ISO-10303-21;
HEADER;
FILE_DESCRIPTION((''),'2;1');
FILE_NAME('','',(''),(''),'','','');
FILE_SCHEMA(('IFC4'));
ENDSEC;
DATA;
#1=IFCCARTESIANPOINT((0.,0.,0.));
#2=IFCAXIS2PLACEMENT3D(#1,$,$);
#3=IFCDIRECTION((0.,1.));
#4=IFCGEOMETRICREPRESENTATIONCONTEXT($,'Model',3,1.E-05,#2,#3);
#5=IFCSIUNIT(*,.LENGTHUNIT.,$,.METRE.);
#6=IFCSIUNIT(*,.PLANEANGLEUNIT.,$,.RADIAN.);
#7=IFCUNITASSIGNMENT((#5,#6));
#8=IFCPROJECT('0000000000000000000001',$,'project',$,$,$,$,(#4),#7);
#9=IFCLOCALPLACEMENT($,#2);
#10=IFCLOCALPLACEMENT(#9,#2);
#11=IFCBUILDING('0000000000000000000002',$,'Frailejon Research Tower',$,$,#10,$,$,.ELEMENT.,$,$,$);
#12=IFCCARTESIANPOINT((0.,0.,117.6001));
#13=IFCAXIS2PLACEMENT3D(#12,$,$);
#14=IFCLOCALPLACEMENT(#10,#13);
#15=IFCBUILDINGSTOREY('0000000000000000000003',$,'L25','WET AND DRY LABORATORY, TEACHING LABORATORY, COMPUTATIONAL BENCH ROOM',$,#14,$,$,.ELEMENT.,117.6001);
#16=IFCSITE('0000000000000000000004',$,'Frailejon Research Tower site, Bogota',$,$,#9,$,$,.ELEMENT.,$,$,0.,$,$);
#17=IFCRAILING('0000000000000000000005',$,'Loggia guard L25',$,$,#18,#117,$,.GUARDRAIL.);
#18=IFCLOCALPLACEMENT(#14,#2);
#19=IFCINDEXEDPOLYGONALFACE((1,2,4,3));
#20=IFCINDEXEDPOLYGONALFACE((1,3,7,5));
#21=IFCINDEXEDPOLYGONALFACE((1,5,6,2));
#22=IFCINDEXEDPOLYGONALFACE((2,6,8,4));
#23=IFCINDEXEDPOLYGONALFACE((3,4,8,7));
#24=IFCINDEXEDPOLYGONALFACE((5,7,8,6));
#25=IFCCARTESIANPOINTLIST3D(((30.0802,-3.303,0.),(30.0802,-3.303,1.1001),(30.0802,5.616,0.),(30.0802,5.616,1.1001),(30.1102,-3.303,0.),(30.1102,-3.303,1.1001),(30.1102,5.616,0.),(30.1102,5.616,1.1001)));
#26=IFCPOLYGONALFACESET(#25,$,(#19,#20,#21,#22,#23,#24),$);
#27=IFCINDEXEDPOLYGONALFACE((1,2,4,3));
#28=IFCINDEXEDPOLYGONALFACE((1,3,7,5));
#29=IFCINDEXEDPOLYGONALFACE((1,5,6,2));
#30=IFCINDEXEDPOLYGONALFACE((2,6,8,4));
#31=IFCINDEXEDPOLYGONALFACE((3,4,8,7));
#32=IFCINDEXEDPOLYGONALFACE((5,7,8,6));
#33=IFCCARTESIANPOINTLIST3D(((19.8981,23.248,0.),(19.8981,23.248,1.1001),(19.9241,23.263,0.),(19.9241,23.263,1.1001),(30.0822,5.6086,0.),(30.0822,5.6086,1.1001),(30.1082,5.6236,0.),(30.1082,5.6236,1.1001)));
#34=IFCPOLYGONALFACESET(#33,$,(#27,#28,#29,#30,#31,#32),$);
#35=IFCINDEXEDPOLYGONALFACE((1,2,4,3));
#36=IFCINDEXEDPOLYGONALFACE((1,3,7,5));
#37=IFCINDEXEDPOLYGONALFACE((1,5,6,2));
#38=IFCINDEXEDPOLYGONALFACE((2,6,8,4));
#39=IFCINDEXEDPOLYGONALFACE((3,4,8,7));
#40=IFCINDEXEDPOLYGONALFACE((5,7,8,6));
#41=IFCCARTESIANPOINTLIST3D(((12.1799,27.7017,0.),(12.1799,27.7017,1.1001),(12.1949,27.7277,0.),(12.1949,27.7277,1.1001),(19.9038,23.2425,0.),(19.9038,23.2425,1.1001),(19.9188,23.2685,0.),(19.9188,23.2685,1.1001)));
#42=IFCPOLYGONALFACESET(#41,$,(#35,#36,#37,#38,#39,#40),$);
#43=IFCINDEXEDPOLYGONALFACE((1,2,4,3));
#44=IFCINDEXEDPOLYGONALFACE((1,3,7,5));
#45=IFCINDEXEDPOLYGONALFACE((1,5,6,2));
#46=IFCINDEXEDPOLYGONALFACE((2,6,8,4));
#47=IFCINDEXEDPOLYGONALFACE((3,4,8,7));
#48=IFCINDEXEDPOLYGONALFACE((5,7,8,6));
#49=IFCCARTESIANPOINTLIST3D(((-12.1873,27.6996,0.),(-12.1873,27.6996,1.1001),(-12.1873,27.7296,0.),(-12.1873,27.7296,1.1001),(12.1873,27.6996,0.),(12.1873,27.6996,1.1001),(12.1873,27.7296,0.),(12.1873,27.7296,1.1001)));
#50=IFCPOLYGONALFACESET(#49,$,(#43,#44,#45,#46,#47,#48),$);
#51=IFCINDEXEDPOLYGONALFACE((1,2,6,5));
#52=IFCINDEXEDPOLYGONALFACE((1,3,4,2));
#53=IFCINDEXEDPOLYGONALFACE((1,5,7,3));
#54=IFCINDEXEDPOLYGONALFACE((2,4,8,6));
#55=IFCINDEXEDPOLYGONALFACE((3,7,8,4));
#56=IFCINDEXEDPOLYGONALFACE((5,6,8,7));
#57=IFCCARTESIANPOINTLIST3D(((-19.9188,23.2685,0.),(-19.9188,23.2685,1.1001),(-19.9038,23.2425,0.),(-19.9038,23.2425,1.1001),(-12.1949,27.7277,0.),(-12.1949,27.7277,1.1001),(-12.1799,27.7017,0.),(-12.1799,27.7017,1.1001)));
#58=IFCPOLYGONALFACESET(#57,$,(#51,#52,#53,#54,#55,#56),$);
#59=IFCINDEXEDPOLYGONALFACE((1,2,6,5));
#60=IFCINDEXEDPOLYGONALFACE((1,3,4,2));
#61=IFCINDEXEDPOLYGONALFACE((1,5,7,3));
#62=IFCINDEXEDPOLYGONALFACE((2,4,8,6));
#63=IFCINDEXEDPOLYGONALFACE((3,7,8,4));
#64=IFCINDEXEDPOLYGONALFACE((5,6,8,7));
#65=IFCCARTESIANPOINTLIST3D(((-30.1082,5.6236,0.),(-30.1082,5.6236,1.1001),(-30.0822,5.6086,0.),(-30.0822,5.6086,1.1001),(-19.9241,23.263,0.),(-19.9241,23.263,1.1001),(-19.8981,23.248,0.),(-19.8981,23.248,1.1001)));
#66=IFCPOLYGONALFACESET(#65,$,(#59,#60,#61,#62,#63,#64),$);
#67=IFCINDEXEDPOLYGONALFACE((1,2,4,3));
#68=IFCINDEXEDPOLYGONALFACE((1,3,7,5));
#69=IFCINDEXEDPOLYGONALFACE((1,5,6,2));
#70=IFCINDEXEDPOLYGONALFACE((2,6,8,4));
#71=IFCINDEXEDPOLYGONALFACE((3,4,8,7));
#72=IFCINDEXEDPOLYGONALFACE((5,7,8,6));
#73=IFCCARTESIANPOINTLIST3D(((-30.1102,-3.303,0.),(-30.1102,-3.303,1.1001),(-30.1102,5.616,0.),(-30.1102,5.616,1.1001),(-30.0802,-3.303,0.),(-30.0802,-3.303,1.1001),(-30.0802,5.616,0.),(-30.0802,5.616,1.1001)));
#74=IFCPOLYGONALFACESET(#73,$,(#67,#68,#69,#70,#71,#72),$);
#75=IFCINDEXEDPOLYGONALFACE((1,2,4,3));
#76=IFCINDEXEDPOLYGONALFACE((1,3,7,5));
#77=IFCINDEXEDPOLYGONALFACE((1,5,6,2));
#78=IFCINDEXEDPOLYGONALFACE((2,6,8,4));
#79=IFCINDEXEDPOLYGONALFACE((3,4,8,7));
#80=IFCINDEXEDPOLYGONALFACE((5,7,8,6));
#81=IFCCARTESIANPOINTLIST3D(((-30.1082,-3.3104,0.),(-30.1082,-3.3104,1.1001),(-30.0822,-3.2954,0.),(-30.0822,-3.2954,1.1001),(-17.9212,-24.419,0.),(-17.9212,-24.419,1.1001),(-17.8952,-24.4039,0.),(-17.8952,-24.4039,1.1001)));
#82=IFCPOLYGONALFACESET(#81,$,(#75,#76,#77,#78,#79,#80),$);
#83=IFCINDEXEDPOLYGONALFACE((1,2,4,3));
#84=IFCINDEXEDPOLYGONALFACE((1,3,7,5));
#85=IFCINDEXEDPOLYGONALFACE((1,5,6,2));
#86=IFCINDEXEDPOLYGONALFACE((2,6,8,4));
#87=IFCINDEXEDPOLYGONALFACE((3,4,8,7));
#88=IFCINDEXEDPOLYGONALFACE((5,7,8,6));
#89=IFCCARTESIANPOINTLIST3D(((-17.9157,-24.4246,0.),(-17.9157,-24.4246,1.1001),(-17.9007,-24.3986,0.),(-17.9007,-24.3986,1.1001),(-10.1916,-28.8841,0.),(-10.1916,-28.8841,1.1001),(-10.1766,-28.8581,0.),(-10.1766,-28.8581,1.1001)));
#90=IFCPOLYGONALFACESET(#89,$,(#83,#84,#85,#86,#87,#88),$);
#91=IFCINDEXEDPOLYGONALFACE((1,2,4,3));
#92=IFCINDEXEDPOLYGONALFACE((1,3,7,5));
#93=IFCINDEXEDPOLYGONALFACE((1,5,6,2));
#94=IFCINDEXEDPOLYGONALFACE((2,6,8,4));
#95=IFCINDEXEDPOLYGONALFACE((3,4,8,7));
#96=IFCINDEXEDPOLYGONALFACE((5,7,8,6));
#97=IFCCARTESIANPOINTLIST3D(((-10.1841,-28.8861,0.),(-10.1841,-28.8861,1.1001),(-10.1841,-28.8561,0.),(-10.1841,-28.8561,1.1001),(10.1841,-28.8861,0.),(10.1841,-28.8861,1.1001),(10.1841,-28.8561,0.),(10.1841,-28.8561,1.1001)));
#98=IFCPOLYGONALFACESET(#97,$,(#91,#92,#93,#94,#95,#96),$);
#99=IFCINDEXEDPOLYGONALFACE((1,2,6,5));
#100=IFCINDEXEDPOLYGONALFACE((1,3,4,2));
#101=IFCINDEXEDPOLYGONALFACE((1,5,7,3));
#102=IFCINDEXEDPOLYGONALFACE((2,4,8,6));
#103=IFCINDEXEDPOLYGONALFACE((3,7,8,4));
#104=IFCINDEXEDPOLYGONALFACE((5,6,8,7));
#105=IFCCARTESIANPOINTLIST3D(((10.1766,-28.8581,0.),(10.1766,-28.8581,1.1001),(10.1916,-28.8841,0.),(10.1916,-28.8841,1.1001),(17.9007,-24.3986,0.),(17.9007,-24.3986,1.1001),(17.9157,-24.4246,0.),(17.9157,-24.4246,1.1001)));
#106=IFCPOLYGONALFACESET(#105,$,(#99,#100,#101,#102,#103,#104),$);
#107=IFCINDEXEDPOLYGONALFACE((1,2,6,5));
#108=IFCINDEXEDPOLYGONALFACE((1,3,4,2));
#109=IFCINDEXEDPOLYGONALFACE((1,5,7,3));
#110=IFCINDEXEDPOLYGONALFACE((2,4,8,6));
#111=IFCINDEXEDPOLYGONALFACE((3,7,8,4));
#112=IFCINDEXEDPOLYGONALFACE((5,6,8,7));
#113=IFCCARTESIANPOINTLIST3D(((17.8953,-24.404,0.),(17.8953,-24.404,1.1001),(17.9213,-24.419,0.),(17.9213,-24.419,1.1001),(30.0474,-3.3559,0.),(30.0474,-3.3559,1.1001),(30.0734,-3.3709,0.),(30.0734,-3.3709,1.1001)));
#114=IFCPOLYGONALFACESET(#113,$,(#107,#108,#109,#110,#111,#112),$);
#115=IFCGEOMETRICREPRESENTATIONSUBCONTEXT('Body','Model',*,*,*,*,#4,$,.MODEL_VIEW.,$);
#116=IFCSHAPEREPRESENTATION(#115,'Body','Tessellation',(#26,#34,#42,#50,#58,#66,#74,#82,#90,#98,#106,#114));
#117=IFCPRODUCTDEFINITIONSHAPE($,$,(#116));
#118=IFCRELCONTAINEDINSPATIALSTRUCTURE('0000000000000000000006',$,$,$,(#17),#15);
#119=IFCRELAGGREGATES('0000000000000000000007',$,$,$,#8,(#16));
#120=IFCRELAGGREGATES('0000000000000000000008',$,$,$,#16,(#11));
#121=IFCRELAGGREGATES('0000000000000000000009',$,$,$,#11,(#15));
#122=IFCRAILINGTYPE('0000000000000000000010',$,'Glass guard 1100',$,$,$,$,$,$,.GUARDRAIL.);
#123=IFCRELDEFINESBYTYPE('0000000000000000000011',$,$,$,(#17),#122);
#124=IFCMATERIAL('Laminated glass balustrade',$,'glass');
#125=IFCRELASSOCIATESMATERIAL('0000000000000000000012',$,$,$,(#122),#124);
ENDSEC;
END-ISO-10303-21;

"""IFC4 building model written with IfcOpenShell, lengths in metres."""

from ifc_helpers import new_model, si_unit, direction, frame, origin, origin_2d, place, context, subcontext, project, spatial, rectangle, extrude, material, type_object, element, save


model = new_model("IFC4")

# Units and contexts
model_context = context("Model", 3, precision=1e-05, world=origin(), true_north=direction((0.0, 1.0)))
body_context = subcontext(model_context, "Body", "Model", "MODEL_VIEW")
ifc_project = project(units=[si_unit("LENGTHUNIT", "METRE"), si_unit("PLANEANGLEUNIT", "RADIAN")], contexts=[model_context])

# Site, building, storey
site_placement = place(None, origin())
site = spatial("IfcSite", under=ifc_project, at=site_placement, Name="Frailejon Research Tower site, Bogota", CompositionType="ELEMENT", RefElevation=0.0)
building_placement = place(site_placement, origin())
building = spatial("IfcBuilding", under=site, at=building_placement, Name="Frailejon Research Tower", CompositionType="ELEMENT")
storey_placement = place(building_placement, frame((0.0, 0.0, 117.6001)))
storey = spatial("IfcBuildingStorey", under=building, at=storey_placement, Name="L25", Description="WET AND DRY LABORATORY, TEACHING LABORATORY, COMPUTATIONAL BENCH ROOM", CompositionType="ELEMENT", Elevation=117.6001)

# Railing
ifc_material_1 = material(Name="Laminated glass balustrade", Category="glass")
railing_type = type_object("IfcRailingType", Name="Glass guard 1100", PredefinedType="GUARDRAIL", material=ifc_material_1)
railing_placement = place(storey_placement, frame((30.0952, -3.303, 0.0)))
element("IfcRailing", 1, at=railing_placement, inside=storey, type_object=railing_type, Name="Loggia guard L25", PredefinedType="GUARDRAIL", context=body_context, shape_type="SweptSolid", body=[
    extrude(rectangle(XDim=8.9189, YDim=0.03, at=origin_2d()), frame((0.0, 4.4595, 0.0), z_axis=(0.0, 0.0, 1.0), x_axis=(0.0, 1.0, 0.0)), (0.0, 0.0, 1.0), 1.1001),
    extrude(rectangle(XDim=20.3682, YDim=0.03, at=origin_2d()), frame((-5.092, 17.7388, 0.0), z_axis=(0.0, 0.0, 1.0), x_axis=(-0.499999, 0.866026, 0.0)), (0.0, 0.0, 1.0), 1.1001),
    extrude(rectangle(XDim=8.9187, YDim=0.03, at=origin_2d()), frame((-14.0459, 28.7881, 0.0), z_axis=(0.0, 0.0, 1.0), x_axis=(-0.866033, 0.499987, 0.0)), (0.0, 0.0, 1.0), 1.1001),
    extrude(rectangle(XDim=24.3745, YDim=0.03, at=origin_2d()), frame((-30.0952, 31.0176, 0.0), z_axis=(0.0, 0.0, 1.0), x_axis=(-1.0, 0.0, 0.0)), (0.0, 0.0, 1.0), 1.1001),
    extrude(rectangle(XDim=8.9187, YDim=0.03, at=origin_2d()), frame((-46.1445, 28.7881, 0.0), z_axis=(0.0, 0.0, 1.0), x_axis=(-0.866033, -0.499987, 0.0)), (0.0, 0.0, 1.0), 1.1001),
    extrude(rectangle(XDim=20.3682, YDim=0.03, at=origin_2d()), frame((-55.0984, 17.7388, 0.0), z_axis=(0.0, 0.0, 1.0), x_axis=(-0.499999, -0.866026, 0.0)), (0.0, 0.0, 1.0), 1.1001),
    extrude(rectangle(XDim=8.9189, YDim=0.03, at=origin_2d()), frame((-60.1904, 4.4595, 0.0), z_axis=(0.0, 0.0, 1.0), x_axis=(0.0, -1.0, 0.0)), (0.0, 0.0, 1.0), 1.1001),
    extrude(rectangle(XDim=24.374, YDim=0.03, at=origin_2d()), frame((-54.0969, -10.5542, 0.0), z_axis=(0.0, 0.0, 1.0), x_axis=(0.499998, -0.866027, 0.0)), (0.0, 0.0, 1.0), 1.1001),
    extrude(rectangle(XDim=8.9189, YDim=0.03, at=origin_2d()), frame((-44.1414, -23.3384, 0.0), z_axis=(0.0, 0.0, 1.0), x_axis=(0.866028, -0.499996, 0.0)), (0.0, 0.0, 1.0), 1.1001),
    extrude(rectangle(XDim=20.3682, YDim=0.03, at=origin_2d()), frame((-30.0952, -25.5681, 0.0), z_axis=(0.0, 0.0, 1.0), x_axis=(1.0, 0.0, 0.0)), (0.0, 0.0, 1.0), 1.1001),
    extrude(rectangle(XDim=8.9189, YDim=0.03, at=origin_2d()), frame((-16.0491, -23.3384, 0.0), z_axis=(0.0, 0.0, 1.0), x_axis=(0.866028, 0.499996, 0.0)), (0.0, 0.0, 1.0), 1.1001),
    extrude(rectangle(XDim=24.3042, YDim=0.03, at=origin_2d()), frame((-6.1108, -10.5845, 0.0), z_axis=(0.0, 0.0, 1.0), x_axis=(0.499999, 0.866026, 0.0)), (0.0, 0.0, 1.0), 1.1001),
])

save(model, "model.ifc")
